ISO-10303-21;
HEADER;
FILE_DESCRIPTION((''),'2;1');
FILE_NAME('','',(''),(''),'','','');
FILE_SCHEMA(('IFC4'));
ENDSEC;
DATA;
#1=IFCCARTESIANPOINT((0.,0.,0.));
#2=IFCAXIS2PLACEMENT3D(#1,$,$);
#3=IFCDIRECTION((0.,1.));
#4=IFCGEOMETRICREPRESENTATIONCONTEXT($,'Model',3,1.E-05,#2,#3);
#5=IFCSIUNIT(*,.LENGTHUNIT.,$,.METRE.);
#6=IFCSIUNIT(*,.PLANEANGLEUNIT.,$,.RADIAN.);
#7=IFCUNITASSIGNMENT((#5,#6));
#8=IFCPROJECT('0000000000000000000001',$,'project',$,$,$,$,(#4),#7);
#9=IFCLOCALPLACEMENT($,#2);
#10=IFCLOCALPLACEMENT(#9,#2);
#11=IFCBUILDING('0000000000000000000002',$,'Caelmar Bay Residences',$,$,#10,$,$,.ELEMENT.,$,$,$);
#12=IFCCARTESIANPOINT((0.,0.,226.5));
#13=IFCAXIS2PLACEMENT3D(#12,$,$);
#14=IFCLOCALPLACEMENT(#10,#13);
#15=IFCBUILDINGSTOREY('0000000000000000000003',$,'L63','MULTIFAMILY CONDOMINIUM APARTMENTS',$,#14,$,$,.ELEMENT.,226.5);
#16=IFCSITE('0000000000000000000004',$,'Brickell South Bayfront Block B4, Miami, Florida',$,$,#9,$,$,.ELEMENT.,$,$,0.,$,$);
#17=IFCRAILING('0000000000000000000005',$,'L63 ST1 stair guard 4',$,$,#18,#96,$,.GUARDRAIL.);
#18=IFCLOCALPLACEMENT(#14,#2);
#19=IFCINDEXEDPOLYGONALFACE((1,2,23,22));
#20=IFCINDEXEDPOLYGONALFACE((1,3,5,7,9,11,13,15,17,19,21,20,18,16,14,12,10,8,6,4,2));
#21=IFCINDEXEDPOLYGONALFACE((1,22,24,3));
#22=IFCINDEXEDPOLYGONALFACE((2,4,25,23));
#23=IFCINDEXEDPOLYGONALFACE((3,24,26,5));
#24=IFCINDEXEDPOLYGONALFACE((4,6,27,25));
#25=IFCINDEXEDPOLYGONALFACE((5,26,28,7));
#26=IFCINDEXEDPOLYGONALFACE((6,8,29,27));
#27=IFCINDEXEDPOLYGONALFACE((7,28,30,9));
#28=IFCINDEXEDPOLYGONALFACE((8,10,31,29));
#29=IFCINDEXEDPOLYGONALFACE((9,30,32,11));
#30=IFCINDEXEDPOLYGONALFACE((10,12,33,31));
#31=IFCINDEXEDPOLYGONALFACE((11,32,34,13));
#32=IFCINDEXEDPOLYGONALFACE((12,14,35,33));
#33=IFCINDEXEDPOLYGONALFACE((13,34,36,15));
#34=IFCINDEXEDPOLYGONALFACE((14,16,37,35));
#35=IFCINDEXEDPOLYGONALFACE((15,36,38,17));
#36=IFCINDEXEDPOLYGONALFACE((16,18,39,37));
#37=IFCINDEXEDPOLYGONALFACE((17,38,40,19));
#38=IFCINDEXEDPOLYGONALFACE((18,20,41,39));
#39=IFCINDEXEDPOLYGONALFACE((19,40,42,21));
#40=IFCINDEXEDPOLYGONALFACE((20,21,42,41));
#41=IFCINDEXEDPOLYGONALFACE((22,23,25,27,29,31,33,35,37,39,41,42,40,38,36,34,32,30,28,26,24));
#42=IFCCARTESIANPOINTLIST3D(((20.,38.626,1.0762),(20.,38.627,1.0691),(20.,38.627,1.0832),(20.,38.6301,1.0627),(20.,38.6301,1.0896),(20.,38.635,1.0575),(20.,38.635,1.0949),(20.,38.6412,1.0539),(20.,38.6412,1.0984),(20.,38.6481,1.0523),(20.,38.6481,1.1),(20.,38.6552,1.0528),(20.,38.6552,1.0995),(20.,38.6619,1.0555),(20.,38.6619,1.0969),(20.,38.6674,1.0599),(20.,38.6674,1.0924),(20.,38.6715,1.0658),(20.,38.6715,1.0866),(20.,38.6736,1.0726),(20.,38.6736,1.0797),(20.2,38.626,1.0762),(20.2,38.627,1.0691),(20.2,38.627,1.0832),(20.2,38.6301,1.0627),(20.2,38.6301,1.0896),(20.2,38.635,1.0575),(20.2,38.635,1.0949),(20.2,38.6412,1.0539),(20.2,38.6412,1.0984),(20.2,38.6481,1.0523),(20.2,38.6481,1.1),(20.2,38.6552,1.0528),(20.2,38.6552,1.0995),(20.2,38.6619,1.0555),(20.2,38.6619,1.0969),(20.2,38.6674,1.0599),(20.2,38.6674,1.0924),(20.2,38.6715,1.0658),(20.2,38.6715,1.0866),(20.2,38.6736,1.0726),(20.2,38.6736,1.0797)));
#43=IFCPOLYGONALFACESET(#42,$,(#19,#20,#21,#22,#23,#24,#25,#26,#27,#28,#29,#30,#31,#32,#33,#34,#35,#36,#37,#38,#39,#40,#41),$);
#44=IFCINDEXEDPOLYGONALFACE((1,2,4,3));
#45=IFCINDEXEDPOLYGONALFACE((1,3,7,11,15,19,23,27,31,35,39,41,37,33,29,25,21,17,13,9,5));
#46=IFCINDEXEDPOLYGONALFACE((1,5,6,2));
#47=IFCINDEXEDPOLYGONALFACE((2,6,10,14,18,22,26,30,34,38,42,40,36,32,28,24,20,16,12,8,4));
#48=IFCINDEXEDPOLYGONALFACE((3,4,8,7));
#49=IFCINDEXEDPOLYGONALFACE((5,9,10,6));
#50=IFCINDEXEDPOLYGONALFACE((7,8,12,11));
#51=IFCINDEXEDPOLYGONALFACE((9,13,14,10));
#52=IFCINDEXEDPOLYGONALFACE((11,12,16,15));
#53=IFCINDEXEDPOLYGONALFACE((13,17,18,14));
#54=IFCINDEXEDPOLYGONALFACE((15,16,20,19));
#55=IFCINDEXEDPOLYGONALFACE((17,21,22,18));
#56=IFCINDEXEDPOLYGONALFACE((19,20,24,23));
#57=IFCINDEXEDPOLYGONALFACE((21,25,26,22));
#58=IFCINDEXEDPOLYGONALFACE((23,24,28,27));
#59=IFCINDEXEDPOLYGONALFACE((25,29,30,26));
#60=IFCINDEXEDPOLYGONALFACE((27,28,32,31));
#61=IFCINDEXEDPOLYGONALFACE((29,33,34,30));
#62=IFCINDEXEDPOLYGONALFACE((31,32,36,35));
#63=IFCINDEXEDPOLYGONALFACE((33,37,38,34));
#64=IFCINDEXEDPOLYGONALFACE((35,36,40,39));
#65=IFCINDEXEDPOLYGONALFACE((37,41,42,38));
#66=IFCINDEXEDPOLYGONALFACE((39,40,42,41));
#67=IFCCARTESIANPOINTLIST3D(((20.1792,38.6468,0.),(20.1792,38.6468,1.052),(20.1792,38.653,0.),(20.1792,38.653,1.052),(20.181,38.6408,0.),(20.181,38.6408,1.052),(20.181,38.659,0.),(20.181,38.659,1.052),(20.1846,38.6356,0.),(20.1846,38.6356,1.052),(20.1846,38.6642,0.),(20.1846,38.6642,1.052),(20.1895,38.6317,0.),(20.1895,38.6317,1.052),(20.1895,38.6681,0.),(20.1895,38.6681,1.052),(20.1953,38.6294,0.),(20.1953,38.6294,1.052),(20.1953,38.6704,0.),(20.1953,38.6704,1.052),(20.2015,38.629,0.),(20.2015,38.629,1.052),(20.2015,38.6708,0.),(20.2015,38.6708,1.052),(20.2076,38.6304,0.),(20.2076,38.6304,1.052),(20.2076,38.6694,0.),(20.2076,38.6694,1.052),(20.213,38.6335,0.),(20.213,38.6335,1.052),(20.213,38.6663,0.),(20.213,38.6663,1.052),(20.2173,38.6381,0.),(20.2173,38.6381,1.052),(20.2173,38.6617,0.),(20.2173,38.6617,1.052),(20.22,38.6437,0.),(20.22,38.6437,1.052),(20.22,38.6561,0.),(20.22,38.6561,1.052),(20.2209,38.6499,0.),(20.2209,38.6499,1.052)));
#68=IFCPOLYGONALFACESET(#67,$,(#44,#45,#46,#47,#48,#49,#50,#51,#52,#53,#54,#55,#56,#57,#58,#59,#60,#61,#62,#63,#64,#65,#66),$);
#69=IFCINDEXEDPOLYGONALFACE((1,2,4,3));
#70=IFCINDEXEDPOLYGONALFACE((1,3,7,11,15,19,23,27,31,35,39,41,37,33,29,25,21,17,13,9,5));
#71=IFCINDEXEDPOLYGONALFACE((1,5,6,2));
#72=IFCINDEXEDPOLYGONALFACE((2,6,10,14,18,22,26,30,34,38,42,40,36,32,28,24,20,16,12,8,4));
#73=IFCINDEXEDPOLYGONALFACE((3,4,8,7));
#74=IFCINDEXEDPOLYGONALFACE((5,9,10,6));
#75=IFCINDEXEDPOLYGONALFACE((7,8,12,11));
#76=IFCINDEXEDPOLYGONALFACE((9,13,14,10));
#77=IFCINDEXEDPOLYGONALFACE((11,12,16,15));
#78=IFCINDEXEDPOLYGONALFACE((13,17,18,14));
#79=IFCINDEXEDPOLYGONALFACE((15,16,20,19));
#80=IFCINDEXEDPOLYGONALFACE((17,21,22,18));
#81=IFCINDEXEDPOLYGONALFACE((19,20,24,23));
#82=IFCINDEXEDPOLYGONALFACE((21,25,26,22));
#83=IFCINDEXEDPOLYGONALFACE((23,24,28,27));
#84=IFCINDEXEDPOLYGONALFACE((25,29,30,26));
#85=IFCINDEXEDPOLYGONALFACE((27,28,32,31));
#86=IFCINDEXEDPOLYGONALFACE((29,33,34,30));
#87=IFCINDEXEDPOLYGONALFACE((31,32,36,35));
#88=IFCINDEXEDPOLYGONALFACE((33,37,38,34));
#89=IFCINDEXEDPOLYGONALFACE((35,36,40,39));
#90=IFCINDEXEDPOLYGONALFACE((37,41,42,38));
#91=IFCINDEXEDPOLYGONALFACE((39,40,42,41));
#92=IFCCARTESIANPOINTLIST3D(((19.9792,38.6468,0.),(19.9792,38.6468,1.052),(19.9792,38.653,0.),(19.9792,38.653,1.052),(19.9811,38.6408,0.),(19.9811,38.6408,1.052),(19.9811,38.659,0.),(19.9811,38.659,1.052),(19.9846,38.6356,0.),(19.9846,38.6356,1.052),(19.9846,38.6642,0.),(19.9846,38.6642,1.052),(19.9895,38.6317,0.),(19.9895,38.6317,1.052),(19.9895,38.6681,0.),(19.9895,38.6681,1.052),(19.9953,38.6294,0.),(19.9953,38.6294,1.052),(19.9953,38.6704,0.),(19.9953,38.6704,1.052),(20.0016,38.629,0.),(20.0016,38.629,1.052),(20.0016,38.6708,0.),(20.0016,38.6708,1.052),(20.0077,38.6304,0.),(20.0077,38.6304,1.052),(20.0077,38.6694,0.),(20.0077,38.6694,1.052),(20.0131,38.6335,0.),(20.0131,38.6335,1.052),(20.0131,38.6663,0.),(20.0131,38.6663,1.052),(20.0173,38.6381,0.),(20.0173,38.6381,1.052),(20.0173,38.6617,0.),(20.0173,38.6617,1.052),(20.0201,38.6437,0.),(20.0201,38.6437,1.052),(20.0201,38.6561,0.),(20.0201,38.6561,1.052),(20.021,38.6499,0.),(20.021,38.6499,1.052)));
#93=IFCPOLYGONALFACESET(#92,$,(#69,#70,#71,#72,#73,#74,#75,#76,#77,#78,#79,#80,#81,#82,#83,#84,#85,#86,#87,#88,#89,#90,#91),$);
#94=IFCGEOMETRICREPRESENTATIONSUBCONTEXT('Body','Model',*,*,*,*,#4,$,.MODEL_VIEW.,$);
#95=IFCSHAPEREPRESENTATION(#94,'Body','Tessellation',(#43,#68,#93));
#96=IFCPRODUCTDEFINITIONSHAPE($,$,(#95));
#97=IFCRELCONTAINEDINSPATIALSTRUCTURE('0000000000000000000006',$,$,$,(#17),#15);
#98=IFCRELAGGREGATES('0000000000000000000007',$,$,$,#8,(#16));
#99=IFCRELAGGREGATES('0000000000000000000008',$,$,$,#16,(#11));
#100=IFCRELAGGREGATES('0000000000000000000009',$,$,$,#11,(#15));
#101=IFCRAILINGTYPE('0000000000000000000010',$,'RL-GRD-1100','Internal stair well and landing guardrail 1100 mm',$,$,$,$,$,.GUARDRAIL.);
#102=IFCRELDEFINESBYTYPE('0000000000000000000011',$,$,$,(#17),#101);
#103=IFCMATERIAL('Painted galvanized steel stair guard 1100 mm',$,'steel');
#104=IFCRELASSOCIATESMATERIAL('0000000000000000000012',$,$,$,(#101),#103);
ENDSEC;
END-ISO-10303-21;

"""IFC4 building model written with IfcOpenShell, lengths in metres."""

from ifc_helpers import new_model, si_unit, direction, frame, origin, origin_2d, place, context, subcontext, project, spatial, circle, extrude, material, type_object, element, save


model = new_model("IFC4")

# Units and contexts
model_context = context("Model", 3, precision=1e-05, world=origin(), true_north=direction((0.0, 1.0)))
body_context = subcontext(model_context, "Body", "Model", "MODEL_VIEW")
ifc_project = project(units=[si_unit("LENGTHUNIT", "METRE"), si_unit("PLANEANGLEUNIT", "RADIAN")], contexts=[model_context])

# Site, building, storey
site_placement = place(None, origin())
site = spatial("IfcSite", under=ifc_project, at=site_placement, Name="Brickell South Bayfront Block B4, Miami, Florida", CompositionType="ELEMENT", RefElevation=0.0)
building_placement = place(site_placement, origin())
building = spatial("IfcBuilding", under=site, at=building_placement, Name="Caelmar Bay Residences", CompositionType="ELEMENT")
storey_placement = place(building_placement, frame((0.0, 0.0, 226.5)))
storey = spatial("IfcBuildingStorey", under=building, at=storey_placement, Name="L63", Description="MULTIFAMILY CONDOMINIUM APARTMENTS", CompositionType="ELEMENT", Elevation=226.5)

# Railing
ifc_material_1 = material(Name="Painted galvanized steel stair guard 1100 mm", Category="steel")
railing_type_1 = type_object("IfcRailingType", Name="RL-GRD-1100", Description="Internal stair well and landing guardrail 1100 mm", PredefinedType="GUARDRAIL", material=ifc_material_1)
railing_1_placement = place(storey_placement, frame((20.2, 38.6499, 0.0)))
element("IfcRailing", 1, at=railing_1_placement, inside=storey, type_object=railing_type_1, Name="L63 ST1 stair guard 4", PredefinedType="GUARDRAIL", context=body_context, shape_type="SweptSolid", body=[
    extrude(circle(Radius=0.0239, at=origin_2d()), frame((0.0, 0.0, 1.0762), z_axis=(-1.0, 0.0, 0.0), x_axis=(0.0, -1.0, 0.0)), (0.0, 0.0, 1.0), 0.2),
    extrude(circle(Radius=0.021, at=origin_2d()), origin(), (0.0, 0.0, 1.0), 1.052),
    extrude(circle(Radius=0.021, at=origin_2d()), frame((-0.2, 0.0, 0.0)), (0.0, 0.0, 1.0), 1.052),
])

save(model, "model.ifc")
